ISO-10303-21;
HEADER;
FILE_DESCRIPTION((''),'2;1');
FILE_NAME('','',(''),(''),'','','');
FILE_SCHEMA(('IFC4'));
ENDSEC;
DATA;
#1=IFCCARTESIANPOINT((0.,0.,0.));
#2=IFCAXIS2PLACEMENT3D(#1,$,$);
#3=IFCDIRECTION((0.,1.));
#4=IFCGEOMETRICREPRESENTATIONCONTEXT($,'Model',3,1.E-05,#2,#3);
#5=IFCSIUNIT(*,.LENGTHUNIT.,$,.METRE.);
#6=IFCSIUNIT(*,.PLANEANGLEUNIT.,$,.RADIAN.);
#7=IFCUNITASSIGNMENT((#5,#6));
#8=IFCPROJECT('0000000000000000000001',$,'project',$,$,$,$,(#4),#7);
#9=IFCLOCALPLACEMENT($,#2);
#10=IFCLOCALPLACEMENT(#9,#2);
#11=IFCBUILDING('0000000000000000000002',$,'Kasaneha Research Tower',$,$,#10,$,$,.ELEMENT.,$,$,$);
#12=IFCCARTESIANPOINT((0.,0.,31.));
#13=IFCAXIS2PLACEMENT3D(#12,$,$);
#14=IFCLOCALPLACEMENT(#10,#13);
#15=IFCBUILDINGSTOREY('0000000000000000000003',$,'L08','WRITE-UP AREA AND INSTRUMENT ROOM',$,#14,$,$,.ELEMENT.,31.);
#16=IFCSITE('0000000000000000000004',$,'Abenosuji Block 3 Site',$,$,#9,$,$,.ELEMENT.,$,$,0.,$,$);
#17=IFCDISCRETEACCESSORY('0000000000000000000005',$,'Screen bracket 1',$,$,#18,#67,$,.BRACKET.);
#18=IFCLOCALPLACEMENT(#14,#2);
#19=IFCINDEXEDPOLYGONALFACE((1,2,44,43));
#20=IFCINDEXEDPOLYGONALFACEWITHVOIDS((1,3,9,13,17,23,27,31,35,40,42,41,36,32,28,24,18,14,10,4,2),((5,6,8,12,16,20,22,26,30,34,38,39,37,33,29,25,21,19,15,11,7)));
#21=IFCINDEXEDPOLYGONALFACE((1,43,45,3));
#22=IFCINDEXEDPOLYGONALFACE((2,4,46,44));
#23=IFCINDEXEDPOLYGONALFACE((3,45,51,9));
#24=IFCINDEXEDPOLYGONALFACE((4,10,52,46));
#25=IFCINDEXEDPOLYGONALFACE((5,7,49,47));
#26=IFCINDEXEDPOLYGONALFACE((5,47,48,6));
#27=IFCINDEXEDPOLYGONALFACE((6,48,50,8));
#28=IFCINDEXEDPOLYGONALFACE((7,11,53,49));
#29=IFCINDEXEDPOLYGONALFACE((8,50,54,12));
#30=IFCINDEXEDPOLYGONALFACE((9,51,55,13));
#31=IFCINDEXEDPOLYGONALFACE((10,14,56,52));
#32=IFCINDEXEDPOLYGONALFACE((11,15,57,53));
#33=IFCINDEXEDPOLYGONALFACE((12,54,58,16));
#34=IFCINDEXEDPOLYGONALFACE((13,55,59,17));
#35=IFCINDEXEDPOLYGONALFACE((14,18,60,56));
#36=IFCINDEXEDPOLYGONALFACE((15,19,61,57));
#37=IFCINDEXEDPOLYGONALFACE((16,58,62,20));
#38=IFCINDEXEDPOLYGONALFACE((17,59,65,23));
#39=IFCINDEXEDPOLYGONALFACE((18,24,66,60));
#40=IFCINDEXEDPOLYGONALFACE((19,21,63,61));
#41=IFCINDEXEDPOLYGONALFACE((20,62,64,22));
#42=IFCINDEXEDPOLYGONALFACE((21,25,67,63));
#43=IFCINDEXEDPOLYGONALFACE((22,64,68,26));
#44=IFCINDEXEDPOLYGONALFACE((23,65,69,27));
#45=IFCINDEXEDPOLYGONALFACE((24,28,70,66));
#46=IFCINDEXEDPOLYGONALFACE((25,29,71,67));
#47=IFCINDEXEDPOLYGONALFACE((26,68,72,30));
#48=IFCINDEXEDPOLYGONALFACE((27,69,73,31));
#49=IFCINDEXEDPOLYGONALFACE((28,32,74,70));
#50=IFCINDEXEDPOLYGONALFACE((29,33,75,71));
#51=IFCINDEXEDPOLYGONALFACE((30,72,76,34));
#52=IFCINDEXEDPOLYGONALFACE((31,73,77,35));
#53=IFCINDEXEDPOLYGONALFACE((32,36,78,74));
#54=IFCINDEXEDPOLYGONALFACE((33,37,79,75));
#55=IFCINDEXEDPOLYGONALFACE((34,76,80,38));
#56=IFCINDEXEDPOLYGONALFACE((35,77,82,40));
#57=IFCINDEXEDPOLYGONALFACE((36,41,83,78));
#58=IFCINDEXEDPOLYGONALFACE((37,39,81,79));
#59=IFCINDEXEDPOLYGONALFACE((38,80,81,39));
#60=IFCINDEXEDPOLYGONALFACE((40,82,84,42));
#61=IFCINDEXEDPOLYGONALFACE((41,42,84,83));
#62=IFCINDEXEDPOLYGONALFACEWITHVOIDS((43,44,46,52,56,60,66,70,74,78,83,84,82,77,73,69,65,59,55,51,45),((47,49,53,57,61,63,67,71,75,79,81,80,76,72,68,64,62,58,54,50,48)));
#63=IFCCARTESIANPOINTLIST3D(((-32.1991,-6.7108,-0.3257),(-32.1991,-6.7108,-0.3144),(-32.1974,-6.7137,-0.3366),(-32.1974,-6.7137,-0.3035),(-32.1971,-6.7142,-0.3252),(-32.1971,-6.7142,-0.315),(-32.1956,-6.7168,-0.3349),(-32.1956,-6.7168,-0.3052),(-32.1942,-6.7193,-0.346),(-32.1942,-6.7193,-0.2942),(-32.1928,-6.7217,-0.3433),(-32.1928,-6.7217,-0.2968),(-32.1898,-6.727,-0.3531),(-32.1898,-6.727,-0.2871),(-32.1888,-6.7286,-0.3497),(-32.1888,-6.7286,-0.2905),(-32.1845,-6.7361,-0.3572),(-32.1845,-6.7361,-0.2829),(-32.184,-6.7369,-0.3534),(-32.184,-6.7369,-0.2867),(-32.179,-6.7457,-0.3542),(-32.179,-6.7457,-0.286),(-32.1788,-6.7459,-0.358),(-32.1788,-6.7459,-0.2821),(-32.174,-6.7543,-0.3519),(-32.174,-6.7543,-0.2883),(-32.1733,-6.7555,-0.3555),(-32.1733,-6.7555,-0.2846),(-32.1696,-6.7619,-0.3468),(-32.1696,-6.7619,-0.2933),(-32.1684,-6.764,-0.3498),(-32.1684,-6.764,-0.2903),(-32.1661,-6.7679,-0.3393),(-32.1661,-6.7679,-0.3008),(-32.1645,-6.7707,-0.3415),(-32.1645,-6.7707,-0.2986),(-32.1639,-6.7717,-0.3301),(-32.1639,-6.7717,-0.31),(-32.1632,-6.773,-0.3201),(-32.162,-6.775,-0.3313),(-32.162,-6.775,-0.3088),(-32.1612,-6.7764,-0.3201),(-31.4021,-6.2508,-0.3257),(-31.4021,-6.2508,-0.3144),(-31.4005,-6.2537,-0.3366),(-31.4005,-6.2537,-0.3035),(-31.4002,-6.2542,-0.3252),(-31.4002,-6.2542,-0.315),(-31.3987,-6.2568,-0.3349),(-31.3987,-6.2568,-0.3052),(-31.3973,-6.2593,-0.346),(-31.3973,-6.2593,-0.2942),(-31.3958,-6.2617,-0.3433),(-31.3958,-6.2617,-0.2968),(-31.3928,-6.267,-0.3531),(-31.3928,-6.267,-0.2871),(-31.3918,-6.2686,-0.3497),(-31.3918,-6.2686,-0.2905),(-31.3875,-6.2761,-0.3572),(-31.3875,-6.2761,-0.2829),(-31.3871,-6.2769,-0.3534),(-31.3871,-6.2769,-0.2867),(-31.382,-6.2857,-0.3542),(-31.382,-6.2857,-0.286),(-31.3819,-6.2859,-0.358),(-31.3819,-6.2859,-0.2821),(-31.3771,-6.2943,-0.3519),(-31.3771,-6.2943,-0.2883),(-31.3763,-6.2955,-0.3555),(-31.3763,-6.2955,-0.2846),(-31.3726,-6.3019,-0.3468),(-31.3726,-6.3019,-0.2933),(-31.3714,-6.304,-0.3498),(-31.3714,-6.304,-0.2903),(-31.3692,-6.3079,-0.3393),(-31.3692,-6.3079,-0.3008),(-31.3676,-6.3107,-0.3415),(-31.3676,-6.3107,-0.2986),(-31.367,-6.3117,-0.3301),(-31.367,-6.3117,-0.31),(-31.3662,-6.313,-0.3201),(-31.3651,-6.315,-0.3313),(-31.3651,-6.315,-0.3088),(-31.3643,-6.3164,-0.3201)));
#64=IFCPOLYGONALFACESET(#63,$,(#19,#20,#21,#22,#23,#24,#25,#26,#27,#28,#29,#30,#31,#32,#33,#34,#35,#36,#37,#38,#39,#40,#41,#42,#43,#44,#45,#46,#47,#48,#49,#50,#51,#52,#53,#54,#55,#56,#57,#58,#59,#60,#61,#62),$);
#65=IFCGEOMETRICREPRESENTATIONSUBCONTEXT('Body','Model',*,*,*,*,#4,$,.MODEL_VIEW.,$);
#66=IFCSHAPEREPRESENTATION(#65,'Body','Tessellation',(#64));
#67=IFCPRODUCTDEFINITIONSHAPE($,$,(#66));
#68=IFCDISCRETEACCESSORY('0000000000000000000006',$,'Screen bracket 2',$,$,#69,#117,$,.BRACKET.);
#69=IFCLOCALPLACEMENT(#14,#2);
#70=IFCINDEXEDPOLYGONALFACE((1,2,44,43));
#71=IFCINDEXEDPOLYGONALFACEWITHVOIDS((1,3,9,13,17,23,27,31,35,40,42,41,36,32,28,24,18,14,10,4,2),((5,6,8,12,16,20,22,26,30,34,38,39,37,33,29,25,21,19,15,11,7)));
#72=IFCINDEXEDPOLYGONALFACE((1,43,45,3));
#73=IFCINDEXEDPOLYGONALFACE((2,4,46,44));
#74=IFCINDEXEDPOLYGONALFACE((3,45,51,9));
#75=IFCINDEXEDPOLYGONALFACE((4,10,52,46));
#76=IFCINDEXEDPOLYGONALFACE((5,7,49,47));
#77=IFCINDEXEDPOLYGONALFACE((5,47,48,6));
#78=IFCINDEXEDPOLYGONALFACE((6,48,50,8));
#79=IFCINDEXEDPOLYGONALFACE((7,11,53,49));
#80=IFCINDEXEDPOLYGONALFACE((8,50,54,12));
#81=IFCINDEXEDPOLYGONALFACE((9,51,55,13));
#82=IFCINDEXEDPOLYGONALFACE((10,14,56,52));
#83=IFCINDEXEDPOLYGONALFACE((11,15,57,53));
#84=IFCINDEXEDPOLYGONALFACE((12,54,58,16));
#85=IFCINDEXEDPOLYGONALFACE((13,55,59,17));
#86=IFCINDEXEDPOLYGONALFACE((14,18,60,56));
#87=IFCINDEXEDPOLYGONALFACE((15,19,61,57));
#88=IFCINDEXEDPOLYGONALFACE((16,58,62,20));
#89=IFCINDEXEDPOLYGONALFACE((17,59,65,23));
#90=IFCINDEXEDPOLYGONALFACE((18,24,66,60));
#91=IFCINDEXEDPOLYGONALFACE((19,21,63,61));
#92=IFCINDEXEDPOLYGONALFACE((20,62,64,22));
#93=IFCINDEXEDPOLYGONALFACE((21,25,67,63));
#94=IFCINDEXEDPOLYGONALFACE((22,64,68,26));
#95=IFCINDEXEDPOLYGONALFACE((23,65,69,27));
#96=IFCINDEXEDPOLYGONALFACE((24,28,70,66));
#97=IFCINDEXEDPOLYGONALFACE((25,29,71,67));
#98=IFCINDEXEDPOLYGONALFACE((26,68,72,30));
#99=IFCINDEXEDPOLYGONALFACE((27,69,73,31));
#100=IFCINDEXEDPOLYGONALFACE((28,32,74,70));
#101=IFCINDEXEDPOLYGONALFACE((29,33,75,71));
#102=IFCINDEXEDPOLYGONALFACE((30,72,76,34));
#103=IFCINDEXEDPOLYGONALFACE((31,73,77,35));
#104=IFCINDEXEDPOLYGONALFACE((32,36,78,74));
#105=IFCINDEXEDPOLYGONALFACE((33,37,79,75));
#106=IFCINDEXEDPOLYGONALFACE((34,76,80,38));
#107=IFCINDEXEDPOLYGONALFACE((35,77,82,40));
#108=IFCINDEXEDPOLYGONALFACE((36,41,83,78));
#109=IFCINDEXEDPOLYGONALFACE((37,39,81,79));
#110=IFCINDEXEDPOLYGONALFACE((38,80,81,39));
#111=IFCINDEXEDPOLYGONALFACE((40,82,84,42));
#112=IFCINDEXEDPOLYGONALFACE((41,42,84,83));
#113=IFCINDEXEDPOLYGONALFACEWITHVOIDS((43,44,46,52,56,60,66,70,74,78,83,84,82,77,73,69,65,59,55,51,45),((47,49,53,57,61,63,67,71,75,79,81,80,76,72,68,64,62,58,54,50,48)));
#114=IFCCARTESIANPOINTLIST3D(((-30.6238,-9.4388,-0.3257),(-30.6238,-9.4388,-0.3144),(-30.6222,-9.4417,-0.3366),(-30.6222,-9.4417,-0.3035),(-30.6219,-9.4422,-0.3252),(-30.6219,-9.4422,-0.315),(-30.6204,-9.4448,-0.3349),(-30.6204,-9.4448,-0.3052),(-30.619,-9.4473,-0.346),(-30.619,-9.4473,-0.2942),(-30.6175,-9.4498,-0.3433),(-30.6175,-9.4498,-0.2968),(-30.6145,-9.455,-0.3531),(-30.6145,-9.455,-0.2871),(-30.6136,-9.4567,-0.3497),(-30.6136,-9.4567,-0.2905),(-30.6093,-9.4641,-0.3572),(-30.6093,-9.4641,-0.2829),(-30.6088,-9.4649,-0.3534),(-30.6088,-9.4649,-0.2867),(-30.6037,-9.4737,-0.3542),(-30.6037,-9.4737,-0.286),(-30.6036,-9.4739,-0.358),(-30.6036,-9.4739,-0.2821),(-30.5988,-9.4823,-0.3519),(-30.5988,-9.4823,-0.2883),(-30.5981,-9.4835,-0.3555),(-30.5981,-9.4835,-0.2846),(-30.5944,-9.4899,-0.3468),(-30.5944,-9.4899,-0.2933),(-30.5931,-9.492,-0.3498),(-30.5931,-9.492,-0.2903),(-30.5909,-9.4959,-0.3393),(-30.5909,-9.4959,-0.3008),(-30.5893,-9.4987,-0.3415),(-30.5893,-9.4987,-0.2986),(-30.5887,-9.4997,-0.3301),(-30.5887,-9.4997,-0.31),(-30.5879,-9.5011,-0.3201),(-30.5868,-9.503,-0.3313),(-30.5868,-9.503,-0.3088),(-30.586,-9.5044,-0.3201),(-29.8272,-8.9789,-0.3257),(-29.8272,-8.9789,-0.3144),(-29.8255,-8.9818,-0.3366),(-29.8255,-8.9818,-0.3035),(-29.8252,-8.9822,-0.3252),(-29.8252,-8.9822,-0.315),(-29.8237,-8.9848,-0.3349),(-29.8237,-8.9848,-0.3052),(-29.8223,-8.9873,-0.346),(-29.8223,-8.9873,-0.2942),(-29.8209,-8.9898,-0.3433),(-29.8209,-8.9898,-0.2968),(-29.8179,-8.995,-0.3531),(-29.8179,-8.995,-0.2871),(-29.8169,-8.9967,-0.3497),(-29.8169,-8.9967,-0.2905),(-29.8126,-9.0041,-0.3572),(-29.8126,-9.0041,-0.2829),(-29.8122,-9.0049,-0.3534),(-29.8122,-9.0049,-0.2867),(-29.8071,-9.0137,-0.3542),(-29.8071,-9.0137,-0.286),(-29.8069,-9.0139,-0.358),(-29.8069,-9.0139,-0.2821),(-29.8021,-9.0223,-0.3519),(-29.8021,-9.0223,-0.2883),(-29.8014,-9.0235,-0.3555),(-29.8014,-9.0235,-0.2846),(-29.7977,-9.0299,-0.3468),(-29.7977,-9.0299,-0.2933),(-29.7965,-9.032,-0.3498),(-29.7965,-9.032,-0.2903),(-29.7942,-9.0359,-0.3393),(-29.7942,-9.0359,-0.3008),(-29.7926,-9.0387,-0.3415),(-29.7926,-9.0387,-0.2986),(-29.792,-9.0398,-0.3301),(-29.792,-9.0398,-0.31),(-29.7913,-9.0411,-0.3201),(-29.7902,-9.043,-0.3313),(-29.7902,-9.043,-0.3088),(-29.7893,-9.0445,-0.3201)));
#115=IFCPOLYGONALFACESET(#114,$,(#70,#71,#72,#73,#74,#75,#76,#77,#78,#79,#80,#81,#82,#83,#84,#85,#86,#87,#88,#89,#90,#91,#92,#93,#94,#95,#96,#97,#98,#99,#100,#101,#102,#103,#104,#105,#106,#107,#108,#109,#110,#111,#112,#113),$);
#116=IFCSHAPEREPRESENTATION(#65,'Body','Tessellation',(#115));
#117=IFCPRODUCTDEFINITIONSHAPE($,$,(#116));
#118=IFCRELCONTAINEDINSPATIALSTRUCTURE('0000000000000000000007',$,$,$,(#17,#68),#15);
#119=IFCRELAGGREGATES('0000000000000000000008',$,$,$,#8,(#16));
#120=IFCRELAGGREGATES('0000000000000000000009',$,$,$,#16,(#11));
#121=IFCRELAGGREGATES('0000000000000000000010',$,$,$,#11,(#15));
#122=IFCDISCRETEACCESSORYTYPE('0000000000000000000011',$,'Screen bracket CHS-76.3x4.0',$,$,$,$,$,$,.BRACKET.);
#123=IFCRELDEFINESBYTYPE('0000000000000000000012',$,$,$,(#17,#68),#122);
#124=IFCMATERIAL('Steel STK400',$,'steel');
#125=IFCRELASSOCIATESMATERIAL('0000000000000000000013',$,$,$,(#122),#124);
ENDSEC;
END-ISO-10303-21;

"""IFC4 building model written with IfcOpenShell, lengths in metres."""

from ifc_helpers import new_model, si_unit, direction, frame, origin, origin_2d, place, context, subcontext, project, spatial, hollow_circle, extrude, material, material_profile, profile_set, type_object, element, save


model = new_model("IFC4")

# Units and contexts
model_context = context("Model", 3, precision=1e-05, world=origin(), true_north=direction((0.0, 1.0)))
body_context = subcontext(model_context, "Body", "Model", "MODEL_VIEW")
ifc_project = project(units=[si_unit("LENGTHUNIT", "METRE"), si_unit("PLANEANGLEUNIT", "RADIAN")], contexts=[model_context])

# Site, building, storey
site_placement = place(None, origin())
site = spatial("IfcSite", under=ifc_project, at=site_placement, Name="Abenosuji Block 3 Site", CompositionType="ELEMENT", RefElevation=0.0)
building_placement = place(site_placement, origin())
building = spatial("IfcBuilding", under=site, at=building_placement, Name="Kasaneha Research Tower", CompositionType="ELEMENT")
storey_placement = place(building_placement, frame((0.0, 0.0, 31.0)))
storey = spatial("IfcBuildingStorey", under=building, at=storey_placement, Name="L08", Description="WRITE-UP AREA AND INSTRUMENT ROOM", CompositionType="ELEMENT", Elevation=31.0)

# Discrete accessories
ifc_material_1 = material(Name="Steel STK400", Category="steel")
ifc_material_profile_1 = material_profile(ifc_material_1, hollow_circle(Radius=0.0381, WallThickness=0.0039, at=origin_2d()), Name="CHS-76.3x4.0")
ifc_profile_set_1 = profile_set([ifc_material_profile_1], Name="Steel STK400")
discrete_accessory_type = type_object("IfcDiscreteAccessoryType", Name="Screen bracket CHS-76.3x4.0", PredefinedType="BRACKET", material=ifc_profile_set_1)
discrete_accessory_1_placement = place(storey_placement, frame((-31.3833, -6.2834, -0.3201), z_axis=(-0.86608, -0.499906, 0.0), x_axis=(0.499906, -0.86608, 0.0)))
element("IfcDiscreteAccessory", 1, at=discrete_accessory_1_placement, inside=storey, type_object=discrete_accessory_type, Name="Screen bracket 1", PredefinedType="BRACKET", context=body_context, shape_type="SweptSolid", body=[
    extrude(hollow_circle(Radius=0.0381, WallThickness=0.0039, at=origin_2d()), origin(), (0.0, 0.0, 1.0), 0.9202),
])
discrete_accessory_2_placement = place(storey_placement, frame((-29.8083, -9.0115, -0.3201), z_axis=(-0.866013, -0.500021, 0.0), x_axis=(0.500021, -0.866013, 0.0)))
element("IfcDiscreteAccessory", 2, at=discrete_accessory_2_placement, inside=storey, type_object=discrete_accessory_type, Name="Screen bracket 2", PredefinedType="BRACKET", context=body_context, shape_type="SweptSolid", body=[
    extrude(hollow_circle(Radius=0.0381, WallThickness=0.0039, at=origin_2d()), origin(), (0.0, 0.0, 1.0), 0.9199),
])

save(model, "model.ifc")
